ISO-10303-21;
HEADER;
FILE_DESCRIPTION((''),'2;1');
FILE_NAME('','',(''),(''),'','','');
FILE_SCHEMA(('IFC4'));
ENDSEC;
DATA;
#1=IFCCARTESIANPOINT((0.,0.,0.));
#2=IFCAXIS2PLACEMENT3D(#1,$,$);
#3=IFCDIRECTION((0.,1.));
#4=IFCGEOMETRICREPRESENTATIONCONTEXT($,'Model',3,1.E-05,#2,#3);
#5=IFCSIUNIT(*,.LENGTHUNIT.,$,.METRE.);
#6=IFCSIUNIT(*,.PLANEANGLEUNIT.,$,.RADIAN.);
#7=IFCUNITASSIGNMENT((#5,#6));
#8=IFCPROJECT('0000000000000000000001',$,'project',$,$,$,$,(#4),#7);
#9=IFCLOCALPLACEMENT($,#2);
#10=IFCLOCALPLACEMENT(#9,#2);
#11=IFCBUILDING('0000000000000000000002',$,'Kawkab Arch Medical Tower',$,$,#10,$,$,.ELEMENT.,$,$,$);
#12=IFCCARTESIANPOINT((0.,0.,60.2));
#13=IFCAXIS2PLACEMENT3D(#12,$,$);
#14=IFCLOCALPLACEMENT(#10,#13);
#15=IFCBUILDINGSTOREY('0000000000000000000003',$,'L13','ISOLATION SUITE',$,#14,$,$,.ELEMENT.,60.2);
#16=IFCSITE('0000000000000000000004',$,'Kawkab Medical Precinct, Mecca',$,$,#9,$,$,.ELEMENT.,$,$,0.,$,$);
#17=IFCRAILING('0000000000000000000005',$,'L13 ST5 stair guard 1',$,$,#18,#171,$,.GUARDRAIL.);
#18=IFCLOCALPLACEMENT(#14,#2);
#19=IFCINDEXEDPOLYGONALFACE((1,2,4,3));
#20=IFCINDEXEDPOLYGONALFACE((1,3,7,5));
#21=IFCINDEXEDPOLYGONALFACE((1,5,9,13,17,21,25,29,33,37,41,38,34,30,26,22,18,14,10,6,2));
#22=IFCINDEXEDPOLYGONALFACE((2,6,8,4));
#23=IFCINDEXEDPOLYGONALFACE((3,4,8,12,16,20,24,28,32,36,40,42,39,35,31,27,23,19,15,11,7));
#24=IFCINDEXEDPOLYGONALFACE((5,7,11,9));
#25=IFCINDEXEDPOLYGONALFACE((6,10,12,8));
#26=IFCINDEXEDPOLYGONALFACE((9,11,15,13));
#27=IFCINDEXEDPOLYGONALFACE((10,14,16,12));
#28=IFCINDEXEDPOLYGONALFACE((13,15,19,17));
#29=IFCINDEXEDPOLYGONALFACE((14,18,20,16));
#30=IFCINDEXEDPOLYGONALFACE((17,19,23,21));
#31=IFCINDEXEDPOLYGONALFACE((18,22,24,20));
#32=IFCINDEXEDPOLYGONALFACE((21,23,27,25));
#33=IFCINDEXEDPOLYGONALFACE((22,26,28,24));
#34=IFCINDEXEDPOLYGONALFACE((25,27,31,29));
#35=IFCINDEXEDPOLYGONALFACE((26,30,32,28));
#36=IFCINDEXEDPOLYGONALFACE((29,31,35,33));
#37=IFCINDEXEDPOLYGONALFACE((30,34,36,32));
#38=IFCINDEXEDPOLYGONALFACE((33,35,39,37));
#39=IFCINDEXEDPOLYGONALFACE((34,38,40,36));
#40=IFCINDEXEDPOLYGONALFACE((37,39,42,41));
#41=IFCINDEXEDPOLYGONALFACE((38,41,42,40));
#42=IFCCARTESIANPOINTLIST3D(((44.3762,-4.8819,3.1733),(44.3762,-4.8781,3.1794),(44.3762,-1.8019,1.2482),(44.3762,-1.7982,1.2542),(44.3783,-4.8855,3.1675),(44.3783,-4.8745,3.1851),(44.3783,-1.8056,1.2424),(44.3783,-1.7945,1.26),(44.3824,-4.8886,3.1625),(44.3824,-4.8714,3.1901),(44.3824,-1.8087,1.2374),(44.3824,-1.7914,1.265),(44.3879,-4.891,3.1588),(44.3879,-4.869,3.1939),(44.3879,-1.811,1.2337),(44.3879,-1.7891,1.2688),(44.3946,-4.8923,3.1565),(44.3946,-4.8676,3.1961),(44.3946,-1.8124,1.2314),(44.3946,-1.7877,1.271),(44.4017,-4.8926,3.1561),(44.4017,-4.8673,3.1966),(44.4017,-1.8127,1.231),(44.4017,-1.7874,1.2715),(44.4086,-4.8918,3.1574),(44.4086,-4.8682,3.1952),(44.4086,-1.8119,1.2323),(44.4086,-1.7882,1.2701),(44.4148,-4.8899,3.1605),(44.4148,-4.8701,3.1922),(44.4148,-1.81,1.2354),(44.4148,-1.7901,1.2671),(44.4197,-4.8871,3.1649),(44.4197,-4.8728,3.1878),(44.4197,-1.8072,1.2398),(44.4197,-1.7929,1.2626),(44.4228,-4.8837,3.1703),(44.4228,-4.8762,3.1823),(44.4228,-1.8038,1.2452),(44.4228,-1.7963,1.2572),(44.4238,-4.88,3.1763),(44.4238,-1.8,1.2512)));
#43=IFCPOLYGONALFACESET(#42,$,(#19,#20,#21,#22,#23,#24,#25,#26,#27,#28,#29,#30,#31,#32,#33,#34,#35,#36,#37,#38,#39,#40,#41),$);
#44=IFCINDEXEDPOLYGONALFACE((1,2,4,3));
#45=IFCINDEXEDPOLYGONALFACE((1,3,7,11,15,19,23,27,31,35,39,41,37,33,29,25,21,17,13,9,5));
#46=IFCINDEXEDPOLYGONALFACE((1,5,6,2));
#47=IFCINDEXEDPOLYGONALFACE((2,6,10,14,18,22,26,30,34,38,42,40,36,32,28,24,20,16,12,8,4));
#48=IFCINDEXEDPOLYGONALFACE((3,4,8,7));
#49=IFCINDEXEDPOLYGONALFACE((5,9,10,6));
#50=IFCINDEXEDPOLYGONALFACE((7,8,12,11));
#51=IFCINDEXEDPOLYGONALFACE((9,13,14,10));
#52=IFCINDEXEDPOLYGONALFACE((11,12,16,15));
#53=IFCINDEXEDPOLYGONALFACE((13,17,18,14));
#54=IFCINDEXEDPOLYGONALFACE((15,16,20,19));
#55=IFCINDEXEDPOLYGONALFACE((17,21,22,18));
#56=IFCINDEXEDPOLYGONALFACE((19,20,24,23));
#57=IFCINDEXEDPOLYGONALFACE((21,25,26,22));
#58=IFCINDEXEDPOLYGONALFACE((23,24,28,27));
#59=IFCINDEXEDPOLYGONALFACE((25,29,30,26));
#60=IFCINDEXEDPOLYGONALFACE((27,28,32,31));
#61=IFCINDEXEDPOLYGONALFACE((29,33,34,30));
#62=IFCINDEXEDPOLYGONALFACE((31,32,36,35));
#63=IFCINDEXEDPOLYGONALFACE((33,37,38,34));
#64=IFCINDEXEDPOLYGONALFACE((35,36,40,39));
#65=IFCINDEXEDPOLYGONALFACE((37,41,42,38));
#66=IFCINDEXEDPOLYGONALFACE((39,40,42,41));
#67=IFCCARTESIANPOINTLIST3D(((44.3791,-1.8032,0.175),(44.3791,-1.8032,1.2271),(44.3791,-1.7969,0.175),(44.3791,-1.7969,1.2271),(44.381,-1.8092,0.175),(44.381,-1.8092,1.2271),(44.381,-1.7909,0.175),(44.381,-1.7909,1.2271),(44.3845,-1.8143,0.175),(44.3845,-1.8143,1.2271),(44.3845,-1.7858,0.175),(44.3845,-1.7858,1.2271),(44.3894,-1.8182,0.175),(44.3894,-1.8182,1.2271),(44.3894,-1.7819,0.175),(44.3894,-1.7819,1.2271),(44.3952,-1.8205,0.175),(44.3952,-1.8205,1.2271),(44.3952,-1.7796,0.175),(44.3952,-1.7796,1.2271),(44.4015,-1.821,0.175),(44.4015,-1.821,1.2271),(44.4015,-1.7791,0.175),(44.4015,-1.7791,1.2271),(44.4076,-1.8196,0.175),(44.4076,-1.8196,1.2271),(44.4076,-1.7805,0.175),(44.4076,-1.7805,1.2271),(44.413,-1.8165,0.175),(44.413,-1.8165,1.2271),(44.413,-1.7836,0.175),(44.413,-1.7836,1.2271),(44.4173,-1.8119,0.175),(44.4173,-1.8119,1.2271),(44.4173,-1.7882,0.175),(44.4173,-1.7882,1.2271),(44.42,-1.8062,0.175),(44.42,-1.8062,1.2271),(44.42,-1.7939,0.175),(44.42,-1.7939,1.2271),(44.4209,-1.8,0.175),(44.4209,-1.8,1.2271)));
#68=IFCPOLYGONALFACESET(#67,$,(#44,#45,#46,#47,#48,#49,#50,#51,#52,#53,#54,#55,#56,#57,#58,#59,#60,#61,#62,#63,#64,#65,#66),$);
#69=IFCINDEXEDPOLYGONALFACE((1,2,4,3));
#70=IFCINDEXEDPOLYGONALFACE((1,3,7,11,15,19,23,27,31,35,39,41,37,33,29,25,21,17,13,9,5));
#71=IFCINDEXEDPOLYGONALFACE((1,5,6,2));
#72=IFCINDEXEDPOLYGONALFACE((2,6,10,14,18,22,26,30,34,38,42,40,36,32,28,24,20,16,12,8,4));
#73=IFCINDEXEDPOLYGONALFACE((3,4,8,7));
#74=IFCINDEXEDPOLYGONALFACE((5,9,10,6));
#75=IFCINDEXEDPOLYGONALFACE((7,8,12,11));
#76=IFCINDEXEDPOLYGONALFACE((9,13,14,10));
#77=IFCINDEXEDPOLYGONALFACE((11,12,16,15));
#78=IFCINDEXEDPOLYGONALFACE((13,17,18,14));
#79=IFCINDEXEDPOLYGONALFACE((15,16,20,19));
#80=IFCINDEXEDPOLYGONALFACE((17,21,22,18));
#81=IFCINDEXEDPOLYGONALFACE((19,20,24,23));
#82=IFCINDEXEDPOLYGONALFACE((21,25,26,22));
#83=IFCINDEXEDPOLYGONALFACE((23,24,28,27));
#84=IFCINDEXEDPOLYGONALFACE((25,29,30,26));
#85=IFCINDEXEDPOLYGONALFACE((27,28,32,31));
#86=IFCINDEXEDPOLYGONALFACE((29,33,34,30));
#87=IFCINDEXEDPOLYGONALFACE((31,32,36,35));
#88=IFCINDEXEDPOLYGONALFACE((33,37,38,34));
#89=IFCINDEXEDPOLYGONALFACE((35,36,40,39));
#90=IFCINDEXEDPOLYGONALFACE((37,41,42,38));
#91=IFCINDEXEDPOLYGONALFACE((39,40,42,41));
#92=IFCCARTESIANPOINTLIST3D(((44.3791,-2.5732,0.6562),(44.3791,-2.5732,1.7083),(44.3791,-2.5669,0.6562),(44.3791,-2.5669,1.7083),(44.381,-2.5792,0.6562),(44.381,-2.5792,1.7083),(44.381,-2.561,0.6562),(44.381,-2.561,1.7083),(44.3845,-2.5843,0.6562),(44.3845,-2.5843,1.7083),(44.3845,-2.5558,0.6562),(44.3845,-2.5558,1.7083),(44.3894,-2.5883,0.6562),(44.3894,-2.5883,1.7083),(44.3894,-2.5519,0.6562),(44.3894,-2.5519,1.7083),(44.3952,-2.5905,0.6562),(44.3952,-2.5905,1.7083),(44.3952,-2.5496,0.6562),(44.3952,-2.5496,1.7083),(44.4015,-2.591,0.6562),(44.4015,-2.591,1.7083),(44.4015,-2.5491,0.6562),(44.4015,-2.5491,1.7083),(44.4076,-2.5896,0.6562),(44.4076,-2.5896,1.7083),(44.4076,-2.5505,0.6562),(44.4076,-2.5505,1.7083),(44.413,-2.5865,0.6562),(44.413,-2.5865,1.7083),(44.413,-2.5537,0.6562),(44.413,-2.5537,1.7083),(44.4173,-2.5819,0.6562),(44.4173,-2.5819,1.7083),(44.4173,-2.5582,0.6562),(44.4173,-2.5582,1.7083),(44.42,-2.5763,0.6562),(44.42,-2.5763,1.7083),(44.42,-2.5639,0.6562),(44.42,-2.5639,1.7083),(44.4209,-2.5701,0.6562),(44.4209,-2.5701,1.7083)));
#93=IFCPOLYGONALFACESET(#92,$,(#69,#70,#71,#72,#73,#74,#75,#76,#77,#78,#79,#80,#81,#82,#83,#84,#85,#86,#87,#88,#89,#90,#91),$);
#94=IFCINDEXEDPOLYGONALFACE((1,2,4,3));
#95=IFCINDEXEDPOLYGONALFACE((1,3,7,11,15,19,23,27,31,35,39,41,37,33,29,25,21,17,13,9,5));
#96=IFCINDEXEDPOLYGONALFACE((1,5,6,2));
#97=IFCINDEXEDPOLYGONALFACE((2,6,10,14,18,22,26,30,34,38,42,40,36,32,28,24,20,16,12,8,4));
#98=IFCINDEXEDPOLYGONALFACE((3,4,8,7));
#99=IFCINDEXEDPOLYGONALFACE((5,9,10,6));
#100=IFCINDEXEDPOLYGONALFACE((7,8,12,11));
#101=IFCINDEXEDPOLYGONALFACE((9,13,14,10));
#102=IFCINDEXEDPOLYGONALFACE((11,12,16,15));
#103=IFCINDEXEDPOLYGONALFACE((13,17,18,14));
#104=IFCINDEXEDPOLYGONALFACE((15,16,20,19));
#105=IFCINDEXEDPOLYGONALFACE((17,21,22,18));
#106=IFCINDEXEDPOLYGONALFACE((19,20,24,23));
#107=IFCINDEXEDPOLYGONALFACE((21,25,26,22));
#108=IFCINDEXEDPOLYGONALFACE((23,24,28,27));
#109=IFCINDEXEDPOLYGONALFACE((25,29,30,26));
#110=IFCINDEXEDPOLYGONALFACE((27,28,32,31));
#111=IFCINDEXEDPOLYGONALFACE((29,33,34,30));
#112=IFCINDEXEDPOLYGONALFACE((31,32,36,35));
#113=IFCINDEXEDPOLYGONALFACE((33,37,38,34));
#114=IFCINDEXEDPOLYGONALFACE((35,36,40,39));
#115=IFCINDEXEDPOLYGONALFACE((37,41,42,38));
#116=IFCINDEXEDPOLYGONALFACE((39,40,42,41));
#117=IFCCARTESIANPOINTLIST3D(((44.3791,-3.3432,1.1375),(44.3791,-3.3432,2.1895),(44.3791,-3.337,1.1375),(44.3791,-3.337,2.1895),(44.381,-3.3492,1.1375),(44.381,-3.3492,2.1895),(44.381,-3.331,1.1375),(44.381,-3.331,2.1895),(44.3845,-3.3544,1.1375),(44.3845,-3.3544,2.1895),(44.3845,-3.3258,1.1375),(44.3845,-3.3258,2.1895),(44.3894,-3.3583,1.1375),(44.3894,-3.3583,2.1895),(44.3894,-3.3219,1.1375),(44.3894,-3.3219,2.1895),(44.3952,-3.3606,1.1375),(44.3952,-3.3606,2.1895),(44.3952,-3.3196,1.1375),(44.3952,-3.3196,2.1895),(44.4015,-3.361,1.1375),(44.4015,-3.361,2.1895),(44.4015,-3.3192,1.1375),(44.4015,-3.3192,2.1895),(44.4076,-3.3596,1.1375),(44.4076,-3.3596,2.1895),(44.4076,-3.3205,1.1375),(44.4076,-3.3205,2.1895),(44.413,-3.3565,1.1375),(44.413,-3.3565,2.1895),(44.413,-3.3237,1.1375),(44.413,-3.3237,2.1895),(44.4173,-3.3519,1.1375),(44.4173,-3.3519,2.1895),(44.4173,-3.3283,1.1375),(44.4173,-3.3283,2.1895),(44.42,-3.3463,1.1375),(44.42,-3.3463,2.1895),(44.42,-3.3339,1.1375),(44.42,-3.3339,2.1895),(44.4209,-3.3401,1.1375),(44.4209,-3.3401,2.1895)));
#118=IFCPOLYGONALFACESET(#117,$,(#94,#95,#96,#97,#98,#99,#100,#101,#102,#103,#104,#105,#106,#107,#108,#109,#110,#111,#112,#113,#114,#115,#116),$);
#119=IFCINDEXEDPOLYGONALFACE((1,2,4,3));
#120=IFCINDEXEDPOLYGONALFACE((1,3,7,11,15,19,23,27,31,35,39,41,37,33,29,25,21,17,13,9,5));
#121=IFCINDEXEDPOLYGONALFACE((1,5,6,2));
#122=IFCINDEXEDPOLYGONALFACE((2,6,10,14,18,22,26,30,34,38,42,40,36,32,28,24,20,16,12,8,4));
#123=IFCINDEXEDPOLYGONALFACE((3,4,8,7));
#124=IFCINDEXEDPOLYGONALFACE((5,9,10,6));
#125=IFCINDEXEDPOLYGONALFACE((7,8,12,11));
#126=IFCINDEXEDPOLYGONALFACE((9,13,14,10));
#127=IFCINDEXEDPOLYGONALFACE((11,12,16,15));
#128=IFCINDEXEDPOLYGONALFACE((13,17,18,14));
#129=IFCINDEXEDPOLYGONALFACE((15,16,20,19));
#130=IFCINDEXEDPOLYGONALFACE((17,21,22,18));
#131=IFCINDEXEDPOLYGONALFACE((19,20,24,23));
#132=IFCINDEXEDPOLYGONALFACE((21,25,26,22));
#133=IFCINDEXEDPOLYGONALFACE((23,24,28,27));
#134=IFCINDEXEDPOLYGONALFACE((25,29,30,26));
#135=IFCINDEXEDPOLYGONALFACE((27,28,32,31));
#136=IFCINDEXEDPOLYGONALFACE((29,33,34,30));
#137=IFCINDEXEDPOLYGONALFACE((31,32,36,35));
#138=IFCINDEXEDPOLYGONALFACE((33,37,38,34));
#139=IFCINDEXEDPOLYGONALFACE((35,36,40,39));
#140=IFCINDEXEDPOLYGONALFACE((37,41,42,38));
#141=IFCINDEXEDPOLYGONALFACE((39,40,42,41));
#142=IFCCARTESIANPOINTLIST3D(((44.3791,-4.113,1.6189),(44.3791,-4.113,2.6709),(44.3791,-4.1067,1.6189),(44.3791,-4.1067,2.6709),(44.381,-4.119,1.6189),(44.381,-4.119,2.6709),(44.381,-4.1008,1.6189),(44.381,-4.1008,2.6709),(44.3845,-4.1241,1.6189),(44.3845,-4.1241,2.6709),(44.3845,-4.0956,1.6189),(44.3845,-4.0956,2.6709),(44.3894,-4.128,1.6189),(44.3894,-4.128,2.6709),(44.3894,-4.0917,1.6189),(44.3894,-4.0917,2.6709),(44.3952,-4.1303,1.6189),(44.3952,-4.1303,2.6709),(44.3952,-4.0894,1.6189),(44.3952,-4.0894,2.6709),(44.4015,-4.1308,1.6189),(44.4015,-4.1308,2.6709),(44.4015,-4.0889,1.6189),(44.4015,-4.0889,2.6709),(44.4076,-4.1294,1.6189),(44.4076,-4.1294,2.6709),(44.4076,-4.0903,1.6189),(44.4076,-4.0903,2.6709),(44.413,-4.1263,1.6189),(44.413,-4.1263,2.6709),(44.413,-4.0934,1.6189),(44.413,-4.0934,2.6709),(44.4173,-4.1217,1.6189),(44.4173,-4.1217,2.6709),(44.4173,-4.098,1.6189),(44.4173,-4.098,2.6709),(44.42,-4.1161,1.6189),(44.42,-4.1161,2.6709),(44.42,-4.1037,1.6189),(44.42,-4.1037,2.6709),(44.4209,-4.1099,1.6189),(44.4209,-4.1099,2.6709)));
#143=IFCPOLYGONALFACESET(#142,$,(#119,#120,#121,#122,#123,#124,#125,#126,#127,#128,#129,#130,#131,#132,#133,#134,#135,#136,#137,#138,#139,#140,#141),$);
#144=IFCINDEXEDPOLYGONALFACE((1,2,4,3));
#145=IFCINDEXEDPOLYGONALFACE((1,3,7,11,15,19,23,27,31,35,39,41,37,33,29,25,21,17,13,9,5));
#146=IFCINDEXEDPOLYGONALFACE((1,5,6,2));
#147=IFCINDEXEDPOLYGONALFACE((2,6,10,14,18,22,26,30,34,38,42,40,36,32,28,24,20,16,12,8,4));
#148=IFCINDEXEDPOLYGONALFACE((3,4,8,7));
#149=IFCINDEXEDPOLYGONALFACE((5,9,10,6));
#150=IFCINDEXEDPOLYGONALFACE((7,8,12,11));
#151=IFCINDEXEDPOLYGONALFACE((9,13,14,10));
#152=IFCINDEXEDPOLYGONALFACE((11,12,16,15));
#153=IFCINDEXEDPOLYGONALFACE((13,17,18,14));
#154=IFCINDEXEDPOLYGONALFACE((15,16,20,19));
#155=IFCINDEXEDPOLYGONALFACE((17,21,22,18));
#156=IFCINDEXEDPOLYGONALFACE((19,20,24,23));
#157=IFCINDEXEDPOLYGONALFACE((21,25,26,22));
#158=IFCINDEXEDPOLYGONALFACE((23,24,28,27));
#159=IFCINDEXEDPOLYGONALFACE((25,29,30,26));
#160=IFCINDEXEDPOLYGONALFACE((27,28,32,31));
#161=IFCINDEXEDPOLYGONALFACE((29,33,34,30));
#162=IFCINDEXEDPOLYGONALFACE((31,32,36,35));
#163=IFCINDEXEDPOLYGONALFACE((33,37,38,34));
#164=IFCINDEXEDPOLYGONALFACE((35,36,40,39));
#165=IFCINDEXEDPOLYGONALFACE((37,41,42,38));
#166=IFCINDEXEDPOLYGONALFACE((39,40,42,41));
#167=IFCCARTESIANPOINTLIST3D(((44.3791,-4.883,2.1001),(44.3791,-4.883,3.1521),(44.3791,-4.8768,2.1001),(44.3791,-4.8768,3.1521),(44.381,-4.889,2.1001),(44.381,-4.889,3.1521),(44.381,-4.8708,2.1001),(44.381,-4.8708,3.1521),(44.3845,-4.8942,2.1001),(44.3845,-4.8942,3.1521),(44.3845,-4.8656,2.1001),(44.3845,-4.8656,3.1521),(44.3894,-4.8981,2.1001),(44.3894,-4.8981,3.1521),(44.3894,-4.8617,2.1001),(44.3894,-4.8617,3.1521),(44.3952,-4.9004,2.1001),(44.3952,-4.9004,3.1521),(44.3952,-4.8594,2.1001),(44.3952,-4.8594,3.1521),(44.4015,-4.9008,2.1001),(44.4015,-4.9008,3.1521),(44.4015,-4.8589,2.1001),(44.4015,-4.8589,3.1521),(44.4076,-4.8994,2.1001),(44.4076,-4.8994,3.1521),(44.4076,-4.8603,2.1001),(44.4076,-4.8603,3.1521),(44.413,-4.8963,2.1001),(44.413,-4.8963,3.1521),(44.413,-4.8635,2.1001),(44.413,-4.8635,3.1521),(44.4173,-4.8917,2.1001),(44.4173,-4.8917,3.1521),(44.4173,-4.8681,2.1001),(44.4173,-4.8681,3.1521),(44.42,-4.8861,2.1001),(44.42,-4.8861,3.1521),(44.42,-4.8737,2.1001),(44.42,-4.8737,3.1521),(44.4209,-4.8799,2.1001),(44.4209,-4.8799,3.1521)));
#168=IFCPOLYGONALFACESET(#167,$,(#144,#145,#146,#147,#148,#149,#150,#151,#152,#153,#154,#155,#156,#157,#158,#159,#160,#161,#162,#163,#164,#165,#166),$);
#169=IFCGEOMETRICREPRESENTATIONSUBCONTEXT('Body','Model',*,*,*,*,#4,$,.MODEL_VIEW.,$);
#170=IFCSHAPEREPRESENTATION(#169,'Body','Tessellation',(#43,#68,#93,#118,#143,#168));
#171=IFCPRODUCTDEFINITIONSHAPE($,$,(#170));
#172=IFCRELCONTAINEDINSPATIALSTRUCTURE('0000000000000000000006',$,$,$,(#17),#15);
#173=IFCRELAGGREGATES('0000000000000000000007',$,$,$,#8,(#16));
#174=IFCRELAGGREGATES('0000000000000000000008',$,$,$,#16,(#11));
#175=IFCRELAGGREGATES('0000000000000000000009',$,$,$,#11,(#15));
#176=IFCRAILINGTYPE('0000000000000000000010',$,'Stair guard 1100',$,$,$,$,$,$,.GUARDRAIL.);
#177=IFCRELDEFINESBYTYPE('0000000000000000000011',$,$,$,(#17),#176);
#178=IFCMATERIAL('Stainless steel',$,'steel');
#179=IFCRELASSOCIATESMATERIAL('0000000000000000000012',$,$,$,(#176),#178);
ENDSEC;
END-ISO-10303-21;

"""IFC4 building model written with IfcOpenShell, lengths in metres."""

from ifc_helpers import new_model, si_unit, direction, frame, origin, origin_2d, place, context, subcontext, project, spatial, circle, extrude, material, type_object, element, save


model = new_model("IFC4")

# Units and contexts
model_context = context("Model", 3, precision=1e-05, world=origin(), true_north=direction((0.0, 1.0)))
body_context = subcontext(model_context, "Body", "Model", "MODEL_VIEW")
ifc_project = project(units=[si_unit("LENGTHUNIT", "METRE"), si_unit("PLANEANGLEUNIT", "RADIAN")], contexts=[model_context])

# Site, building, storey
site_placement = place(None, origin())
site = spatial("IfcSite", under=ifc_project, at=site_placement, Name="Kawkab Medical Precinct, Mecca", CompositionType="ELEMENT", RefElevation=0.0)
building_placement = place(site_placement, origin())
building = spatial("IfcBuilding", under=site, at=building_placement, Name="Kawkab Arch Medical Tower", CompositionType="ELEMENT")
storey_placement = place(building_placement, frame((0.0, 0.0, 60.2)))
storey = spatial("IfcBuildingStorey", under=building, at=storey_placement, Name="L13", Description="ISOLATION SUITE", CompositionType="ELEMENT", Elevation=60.2)

# Railing
ifc_material_1 = material(Name="Stainless steel", Category="steel")
railing_type_1 = type_object("IfcRailingType", Name="Stair guard 1100", PredefinedType="GUARDRAIL", material=ifc_material_1)
railing_1_placement = place(storey_placement, frame((44.3999, -1.8, 0.175)))
element("IfcRailing", 1, at=railing_1_placement, inside=storey, type_object=railing_type_1, Name="L13 ST5 stair guard 1", PredefinedType="GUARDRAIL", context=body_context, shape_type="SweptSolid", body=[
    extrude(circle(Radius=0.0239, at=origin_2d()), frame((0.0, 0.0, 1.0762), z_axis=(0.0, -0.847979, 0.530029), x_axis=(1.0, 0.0, 0.0)), (0.0, 0.0, 1.0), 3.6321),
    extrude(circle(Radius=0.021, at=origin_2d()), origin(), (0.0, 0.0, 1.0), 1.052),
    extrude(circle(Radius=0.021, at=origin_2d()), frame((0.0, -0.77, 0.4812)), (0.0, 0.0, 1.0), 1.052),
    extrude(circle(Radius=0.021, at=origin_2d()), frame((0.0, -1.54, 0.9624)), (0.0, 0.0, 1.0), 1.052),
    extrude(circle(Radius=0.021, at=origin_2d()), frame((0.0, -2.3098, 1.4438)), (0.0, 0.0, 1.0), 1.052),
    extrude(circle(Radius=0.021, at=origin_2d()), frame((0.0, -3.0798, 1.925)), (0.0, 0.0, 1.0), 1.052),
])

save(model, "model.ifc")
